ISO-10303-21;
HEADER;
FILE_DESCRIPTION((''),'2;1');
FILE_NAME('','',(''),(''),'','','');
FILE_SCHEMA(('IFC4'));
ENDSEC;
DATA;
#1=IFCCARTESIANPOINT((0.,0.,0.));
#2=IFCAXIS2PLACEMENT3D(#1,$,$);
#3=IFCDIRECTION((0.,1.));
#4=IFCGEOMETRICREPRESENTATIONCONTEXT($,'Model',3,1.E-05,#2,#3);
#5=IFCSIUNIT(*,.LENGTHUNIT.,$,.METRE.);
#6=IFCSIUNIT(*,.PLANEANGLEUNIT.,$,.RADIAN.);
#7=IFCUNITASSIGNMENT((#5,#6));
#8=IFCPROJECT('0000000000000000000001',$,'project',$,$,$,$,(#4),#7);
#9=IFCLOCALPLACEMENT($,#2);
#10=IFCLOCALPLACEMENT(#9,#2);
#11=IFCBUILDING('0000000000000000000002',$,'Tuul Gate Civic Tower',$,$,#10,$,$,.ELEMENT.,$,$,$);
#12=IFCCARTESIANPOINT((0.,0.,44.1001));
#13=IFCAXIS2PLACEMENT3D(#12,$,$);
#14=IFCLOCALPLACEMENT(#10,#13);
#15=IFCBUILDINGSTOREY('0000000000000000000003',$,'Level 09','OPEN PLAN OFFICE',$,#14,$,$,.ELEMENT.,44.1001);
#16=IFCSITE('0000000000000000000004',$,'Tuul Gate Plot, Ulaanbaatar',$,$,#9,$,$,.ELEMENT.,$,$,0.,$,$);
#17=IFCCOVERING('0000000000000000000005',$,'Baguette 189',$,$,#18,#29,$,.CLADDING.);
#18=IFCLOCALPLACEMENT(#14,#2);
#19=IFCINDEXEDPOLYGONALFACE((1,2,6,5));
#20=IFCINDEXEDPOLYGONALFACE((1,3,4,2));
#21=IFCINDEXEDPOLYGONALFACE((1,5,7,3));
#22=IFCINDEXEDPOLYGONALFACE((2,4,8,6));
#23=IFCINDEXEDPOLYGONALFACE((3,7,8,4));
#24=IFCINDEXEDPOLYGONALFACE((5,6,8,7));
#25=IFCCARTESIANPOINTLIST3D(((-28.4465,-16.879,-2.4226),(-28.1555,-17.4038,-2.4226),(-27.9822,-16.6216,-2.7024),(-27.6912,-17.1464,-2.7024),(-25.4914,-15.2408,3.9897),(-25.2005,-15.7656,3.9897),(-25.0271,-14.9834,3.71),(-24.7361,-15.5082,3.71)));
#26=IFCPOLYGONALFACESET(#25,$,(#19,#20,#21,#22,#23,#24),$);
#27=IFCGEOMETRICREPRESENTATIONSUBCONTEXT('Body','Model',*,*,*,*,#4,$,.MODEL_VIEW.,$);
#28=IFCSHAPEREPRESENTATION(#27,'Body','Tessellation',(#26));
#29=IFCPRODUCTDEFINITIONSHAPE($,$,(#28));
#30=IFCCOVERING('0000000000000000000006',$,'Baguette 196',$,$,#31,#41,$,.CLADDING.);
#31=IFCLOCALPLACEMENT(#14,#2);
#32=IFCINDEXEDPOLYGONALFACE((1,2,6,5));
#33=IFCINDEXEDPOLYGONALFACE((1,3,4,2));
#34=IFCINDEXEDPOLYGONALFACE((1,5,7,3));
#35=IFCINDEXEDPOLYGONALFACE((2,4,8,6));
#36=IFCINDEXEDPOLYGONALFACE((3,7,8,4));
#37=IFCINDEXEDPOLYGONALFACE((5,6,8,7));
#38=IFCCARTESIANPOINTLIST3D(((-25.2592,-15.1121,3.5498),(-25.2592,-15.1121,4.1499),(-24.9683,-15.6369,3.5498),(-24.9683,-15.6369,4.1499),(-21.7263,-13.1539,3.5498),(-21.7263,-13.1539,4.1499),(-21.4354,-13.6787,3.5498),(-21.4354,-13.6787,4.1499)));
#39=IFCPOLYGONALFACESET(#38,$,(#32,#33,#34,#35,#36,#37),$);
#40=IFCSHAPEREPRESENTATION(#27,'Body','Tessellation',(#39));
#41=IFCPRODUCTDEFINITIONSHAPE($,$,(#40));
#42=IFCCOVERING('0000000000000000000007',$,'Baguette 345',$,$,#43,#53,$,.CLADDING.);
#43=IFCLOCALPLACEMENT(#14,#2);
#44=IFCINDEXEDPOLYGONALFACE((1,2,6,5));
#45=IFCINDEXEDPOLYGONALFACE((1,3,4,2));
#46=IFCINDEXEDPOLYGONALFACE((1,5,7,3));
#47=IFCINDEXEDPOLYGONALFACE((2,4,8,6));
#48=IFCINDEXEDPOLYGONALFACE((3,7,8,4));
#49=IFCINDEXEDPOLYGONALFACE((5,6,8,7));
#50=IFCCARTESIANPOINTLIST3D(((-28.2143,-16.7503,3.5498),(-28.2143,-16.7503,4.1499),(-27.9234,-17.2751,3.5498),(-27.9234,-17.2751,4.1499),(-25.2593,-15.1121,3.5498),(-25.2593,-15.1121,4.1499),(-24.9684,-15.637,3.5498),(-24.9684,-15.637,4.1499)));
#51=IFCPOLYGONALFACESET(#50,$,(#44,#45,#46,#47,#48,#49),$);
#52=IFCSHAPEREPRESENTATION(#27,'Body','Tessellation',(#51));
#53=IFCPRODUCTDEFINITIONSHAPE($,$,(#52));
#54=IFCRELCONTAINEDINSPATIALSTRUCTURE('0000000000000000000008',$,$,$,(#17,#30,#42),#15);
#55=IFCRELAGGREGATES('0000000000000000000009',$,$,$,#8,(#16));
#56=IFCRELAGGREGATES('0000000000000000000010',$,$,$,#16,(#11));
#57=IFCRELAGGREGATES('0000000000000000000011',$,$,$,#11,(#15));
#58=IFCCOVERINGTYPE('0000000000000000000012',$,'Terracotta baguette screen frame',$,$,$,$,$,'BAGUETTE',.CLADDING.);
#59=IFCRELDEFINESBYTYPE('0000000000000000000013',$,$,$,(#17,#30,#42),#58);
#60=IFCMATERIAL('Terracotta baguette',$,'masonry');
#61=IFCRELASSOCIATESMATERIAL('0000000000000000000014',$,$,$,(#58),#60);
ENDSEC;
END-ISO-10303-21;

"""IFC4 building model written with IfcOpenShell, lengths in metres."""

from ifc_helpers import new_model, si_unit, direction, frame, origin, origin_2d, place, context, subcontext, project, spatial, rectangle, extrude, material, material_profile, profile_set, type_object, element, save


model = new_model("IFC4")

# Units and contexts
model_context = context("Model", 3, precision=1e-05, world=origin(), true_north=direction((0.0, 1.0)))
body_context = subcontext(model_context, "Body", "Model", "MODEL_VIEW")
ifc_project = project(units=[si_unit("LENGTHUNIT", "METRE"), si_unit("PLANEANGLEUNIT", "RADIAN")], contexts=[model_context])

# Site, building, storey
site_placement = place(None, origin())
site = spatial("IfcSite", under=ifc_project, at=site_placement, Name="Tuul Gate Plot, Ulaanbaatar", CompositionType="ELEMENT", RefElevation=0.0)
building_placement = place(site_placement, origin())
building = spatial("IfcBuilding", under=site, at=building_placement, Name="Tuul Gate Civic Tower", CompositionType="ELEMENT")
storey_placement = place(building_placement, frame((0.0, 0.0, 44.1001)))
storey = spatial("IfcBuildingStorey", under=building, at=storey_placement, Name="Level 09", Description="OPEN PLAN OFFICE", CompositionType="ELEMENT", Elevation=44.1001)

# Coverings
ifc_material_1 = material(Name="Terracotta baguette", Category="masonry")
ifc_material_profile_1 = material_profile(ifc_material_1, rectangle(XDim=0.6001, YDim=0.6001, at=origin_2d()), Name="Terracotta baguette screen frame")
ifc_profile_set_1 = profile_set([ifc_material_profile_1], Name="Terracotta baguette")
covering_type = type_object("IfcCoveringType", Name="Terracotta baguette screen frame", ElementType="BAGUETTE", PredefinedType="CLADDING", material=ifc_profile_set_1)
covering_1_placement = place(storey_placement, frame((-28.0688, -17.0127, -2.5625), z_axis=(0.407706, 0.226017, 0.884699), x_axis=(-0.484845, 0.8746, 0.0)))
element("IfcCovering", 1, at=covering_1_placement, inside=storey, type_object=covering_type, Name="Baguette 189", PredefinedType="CLADDING", context=body_context, shape_type="SweptSolid", body=[
    extrude(rectangle(XDim=0.6001, YDim=0.6001, at=origin_2d()), origin(), (0.0, 0.0, 1.0), 7.248),
])
covering_2_placement = place(storey_placement, frame((-25.1138, -15.3745, 3.8499), z_axis=(0.87463, 0.484791, 0.0), x_axis=(-0.484791, 0.87463, 0.0)))
element("IfcCovering", 2, at=covering_2_placement, inside=storey, type_object=covering_type, Name="Baguette 196", PredefinedType="CLADDING", context=body_context, shape_type="SweptSolid", body=[
    extrude(rectangle(XDim=0.6001, YDim=0.6001, at=origin_2d()), origin(), (0.0, 0.0, 1.0), 4.0393),
])
covering_3_placement = place(storey_placement, frame((-28.0688, -17.0127, 3.8499), z_axis=(0.8746, 0.484845, 0.0), x_axis=(-0.484845, 0.8746, 0.0)))
element("IfcCovering", 3, at=covering_3_placement, inside=storey, type_object=covering_type, Name="Baguette 345", PredefinedType="CLADDING", context=body_context, shape_type="SweptSolid", body=[
    extrude(rectangle(XDim=0.6001, YDim=0.6001, at=origin_2d()), origin(), (0.0, 0.0, 1.0), 3.3787),
])

save(model, "model.ifc")
